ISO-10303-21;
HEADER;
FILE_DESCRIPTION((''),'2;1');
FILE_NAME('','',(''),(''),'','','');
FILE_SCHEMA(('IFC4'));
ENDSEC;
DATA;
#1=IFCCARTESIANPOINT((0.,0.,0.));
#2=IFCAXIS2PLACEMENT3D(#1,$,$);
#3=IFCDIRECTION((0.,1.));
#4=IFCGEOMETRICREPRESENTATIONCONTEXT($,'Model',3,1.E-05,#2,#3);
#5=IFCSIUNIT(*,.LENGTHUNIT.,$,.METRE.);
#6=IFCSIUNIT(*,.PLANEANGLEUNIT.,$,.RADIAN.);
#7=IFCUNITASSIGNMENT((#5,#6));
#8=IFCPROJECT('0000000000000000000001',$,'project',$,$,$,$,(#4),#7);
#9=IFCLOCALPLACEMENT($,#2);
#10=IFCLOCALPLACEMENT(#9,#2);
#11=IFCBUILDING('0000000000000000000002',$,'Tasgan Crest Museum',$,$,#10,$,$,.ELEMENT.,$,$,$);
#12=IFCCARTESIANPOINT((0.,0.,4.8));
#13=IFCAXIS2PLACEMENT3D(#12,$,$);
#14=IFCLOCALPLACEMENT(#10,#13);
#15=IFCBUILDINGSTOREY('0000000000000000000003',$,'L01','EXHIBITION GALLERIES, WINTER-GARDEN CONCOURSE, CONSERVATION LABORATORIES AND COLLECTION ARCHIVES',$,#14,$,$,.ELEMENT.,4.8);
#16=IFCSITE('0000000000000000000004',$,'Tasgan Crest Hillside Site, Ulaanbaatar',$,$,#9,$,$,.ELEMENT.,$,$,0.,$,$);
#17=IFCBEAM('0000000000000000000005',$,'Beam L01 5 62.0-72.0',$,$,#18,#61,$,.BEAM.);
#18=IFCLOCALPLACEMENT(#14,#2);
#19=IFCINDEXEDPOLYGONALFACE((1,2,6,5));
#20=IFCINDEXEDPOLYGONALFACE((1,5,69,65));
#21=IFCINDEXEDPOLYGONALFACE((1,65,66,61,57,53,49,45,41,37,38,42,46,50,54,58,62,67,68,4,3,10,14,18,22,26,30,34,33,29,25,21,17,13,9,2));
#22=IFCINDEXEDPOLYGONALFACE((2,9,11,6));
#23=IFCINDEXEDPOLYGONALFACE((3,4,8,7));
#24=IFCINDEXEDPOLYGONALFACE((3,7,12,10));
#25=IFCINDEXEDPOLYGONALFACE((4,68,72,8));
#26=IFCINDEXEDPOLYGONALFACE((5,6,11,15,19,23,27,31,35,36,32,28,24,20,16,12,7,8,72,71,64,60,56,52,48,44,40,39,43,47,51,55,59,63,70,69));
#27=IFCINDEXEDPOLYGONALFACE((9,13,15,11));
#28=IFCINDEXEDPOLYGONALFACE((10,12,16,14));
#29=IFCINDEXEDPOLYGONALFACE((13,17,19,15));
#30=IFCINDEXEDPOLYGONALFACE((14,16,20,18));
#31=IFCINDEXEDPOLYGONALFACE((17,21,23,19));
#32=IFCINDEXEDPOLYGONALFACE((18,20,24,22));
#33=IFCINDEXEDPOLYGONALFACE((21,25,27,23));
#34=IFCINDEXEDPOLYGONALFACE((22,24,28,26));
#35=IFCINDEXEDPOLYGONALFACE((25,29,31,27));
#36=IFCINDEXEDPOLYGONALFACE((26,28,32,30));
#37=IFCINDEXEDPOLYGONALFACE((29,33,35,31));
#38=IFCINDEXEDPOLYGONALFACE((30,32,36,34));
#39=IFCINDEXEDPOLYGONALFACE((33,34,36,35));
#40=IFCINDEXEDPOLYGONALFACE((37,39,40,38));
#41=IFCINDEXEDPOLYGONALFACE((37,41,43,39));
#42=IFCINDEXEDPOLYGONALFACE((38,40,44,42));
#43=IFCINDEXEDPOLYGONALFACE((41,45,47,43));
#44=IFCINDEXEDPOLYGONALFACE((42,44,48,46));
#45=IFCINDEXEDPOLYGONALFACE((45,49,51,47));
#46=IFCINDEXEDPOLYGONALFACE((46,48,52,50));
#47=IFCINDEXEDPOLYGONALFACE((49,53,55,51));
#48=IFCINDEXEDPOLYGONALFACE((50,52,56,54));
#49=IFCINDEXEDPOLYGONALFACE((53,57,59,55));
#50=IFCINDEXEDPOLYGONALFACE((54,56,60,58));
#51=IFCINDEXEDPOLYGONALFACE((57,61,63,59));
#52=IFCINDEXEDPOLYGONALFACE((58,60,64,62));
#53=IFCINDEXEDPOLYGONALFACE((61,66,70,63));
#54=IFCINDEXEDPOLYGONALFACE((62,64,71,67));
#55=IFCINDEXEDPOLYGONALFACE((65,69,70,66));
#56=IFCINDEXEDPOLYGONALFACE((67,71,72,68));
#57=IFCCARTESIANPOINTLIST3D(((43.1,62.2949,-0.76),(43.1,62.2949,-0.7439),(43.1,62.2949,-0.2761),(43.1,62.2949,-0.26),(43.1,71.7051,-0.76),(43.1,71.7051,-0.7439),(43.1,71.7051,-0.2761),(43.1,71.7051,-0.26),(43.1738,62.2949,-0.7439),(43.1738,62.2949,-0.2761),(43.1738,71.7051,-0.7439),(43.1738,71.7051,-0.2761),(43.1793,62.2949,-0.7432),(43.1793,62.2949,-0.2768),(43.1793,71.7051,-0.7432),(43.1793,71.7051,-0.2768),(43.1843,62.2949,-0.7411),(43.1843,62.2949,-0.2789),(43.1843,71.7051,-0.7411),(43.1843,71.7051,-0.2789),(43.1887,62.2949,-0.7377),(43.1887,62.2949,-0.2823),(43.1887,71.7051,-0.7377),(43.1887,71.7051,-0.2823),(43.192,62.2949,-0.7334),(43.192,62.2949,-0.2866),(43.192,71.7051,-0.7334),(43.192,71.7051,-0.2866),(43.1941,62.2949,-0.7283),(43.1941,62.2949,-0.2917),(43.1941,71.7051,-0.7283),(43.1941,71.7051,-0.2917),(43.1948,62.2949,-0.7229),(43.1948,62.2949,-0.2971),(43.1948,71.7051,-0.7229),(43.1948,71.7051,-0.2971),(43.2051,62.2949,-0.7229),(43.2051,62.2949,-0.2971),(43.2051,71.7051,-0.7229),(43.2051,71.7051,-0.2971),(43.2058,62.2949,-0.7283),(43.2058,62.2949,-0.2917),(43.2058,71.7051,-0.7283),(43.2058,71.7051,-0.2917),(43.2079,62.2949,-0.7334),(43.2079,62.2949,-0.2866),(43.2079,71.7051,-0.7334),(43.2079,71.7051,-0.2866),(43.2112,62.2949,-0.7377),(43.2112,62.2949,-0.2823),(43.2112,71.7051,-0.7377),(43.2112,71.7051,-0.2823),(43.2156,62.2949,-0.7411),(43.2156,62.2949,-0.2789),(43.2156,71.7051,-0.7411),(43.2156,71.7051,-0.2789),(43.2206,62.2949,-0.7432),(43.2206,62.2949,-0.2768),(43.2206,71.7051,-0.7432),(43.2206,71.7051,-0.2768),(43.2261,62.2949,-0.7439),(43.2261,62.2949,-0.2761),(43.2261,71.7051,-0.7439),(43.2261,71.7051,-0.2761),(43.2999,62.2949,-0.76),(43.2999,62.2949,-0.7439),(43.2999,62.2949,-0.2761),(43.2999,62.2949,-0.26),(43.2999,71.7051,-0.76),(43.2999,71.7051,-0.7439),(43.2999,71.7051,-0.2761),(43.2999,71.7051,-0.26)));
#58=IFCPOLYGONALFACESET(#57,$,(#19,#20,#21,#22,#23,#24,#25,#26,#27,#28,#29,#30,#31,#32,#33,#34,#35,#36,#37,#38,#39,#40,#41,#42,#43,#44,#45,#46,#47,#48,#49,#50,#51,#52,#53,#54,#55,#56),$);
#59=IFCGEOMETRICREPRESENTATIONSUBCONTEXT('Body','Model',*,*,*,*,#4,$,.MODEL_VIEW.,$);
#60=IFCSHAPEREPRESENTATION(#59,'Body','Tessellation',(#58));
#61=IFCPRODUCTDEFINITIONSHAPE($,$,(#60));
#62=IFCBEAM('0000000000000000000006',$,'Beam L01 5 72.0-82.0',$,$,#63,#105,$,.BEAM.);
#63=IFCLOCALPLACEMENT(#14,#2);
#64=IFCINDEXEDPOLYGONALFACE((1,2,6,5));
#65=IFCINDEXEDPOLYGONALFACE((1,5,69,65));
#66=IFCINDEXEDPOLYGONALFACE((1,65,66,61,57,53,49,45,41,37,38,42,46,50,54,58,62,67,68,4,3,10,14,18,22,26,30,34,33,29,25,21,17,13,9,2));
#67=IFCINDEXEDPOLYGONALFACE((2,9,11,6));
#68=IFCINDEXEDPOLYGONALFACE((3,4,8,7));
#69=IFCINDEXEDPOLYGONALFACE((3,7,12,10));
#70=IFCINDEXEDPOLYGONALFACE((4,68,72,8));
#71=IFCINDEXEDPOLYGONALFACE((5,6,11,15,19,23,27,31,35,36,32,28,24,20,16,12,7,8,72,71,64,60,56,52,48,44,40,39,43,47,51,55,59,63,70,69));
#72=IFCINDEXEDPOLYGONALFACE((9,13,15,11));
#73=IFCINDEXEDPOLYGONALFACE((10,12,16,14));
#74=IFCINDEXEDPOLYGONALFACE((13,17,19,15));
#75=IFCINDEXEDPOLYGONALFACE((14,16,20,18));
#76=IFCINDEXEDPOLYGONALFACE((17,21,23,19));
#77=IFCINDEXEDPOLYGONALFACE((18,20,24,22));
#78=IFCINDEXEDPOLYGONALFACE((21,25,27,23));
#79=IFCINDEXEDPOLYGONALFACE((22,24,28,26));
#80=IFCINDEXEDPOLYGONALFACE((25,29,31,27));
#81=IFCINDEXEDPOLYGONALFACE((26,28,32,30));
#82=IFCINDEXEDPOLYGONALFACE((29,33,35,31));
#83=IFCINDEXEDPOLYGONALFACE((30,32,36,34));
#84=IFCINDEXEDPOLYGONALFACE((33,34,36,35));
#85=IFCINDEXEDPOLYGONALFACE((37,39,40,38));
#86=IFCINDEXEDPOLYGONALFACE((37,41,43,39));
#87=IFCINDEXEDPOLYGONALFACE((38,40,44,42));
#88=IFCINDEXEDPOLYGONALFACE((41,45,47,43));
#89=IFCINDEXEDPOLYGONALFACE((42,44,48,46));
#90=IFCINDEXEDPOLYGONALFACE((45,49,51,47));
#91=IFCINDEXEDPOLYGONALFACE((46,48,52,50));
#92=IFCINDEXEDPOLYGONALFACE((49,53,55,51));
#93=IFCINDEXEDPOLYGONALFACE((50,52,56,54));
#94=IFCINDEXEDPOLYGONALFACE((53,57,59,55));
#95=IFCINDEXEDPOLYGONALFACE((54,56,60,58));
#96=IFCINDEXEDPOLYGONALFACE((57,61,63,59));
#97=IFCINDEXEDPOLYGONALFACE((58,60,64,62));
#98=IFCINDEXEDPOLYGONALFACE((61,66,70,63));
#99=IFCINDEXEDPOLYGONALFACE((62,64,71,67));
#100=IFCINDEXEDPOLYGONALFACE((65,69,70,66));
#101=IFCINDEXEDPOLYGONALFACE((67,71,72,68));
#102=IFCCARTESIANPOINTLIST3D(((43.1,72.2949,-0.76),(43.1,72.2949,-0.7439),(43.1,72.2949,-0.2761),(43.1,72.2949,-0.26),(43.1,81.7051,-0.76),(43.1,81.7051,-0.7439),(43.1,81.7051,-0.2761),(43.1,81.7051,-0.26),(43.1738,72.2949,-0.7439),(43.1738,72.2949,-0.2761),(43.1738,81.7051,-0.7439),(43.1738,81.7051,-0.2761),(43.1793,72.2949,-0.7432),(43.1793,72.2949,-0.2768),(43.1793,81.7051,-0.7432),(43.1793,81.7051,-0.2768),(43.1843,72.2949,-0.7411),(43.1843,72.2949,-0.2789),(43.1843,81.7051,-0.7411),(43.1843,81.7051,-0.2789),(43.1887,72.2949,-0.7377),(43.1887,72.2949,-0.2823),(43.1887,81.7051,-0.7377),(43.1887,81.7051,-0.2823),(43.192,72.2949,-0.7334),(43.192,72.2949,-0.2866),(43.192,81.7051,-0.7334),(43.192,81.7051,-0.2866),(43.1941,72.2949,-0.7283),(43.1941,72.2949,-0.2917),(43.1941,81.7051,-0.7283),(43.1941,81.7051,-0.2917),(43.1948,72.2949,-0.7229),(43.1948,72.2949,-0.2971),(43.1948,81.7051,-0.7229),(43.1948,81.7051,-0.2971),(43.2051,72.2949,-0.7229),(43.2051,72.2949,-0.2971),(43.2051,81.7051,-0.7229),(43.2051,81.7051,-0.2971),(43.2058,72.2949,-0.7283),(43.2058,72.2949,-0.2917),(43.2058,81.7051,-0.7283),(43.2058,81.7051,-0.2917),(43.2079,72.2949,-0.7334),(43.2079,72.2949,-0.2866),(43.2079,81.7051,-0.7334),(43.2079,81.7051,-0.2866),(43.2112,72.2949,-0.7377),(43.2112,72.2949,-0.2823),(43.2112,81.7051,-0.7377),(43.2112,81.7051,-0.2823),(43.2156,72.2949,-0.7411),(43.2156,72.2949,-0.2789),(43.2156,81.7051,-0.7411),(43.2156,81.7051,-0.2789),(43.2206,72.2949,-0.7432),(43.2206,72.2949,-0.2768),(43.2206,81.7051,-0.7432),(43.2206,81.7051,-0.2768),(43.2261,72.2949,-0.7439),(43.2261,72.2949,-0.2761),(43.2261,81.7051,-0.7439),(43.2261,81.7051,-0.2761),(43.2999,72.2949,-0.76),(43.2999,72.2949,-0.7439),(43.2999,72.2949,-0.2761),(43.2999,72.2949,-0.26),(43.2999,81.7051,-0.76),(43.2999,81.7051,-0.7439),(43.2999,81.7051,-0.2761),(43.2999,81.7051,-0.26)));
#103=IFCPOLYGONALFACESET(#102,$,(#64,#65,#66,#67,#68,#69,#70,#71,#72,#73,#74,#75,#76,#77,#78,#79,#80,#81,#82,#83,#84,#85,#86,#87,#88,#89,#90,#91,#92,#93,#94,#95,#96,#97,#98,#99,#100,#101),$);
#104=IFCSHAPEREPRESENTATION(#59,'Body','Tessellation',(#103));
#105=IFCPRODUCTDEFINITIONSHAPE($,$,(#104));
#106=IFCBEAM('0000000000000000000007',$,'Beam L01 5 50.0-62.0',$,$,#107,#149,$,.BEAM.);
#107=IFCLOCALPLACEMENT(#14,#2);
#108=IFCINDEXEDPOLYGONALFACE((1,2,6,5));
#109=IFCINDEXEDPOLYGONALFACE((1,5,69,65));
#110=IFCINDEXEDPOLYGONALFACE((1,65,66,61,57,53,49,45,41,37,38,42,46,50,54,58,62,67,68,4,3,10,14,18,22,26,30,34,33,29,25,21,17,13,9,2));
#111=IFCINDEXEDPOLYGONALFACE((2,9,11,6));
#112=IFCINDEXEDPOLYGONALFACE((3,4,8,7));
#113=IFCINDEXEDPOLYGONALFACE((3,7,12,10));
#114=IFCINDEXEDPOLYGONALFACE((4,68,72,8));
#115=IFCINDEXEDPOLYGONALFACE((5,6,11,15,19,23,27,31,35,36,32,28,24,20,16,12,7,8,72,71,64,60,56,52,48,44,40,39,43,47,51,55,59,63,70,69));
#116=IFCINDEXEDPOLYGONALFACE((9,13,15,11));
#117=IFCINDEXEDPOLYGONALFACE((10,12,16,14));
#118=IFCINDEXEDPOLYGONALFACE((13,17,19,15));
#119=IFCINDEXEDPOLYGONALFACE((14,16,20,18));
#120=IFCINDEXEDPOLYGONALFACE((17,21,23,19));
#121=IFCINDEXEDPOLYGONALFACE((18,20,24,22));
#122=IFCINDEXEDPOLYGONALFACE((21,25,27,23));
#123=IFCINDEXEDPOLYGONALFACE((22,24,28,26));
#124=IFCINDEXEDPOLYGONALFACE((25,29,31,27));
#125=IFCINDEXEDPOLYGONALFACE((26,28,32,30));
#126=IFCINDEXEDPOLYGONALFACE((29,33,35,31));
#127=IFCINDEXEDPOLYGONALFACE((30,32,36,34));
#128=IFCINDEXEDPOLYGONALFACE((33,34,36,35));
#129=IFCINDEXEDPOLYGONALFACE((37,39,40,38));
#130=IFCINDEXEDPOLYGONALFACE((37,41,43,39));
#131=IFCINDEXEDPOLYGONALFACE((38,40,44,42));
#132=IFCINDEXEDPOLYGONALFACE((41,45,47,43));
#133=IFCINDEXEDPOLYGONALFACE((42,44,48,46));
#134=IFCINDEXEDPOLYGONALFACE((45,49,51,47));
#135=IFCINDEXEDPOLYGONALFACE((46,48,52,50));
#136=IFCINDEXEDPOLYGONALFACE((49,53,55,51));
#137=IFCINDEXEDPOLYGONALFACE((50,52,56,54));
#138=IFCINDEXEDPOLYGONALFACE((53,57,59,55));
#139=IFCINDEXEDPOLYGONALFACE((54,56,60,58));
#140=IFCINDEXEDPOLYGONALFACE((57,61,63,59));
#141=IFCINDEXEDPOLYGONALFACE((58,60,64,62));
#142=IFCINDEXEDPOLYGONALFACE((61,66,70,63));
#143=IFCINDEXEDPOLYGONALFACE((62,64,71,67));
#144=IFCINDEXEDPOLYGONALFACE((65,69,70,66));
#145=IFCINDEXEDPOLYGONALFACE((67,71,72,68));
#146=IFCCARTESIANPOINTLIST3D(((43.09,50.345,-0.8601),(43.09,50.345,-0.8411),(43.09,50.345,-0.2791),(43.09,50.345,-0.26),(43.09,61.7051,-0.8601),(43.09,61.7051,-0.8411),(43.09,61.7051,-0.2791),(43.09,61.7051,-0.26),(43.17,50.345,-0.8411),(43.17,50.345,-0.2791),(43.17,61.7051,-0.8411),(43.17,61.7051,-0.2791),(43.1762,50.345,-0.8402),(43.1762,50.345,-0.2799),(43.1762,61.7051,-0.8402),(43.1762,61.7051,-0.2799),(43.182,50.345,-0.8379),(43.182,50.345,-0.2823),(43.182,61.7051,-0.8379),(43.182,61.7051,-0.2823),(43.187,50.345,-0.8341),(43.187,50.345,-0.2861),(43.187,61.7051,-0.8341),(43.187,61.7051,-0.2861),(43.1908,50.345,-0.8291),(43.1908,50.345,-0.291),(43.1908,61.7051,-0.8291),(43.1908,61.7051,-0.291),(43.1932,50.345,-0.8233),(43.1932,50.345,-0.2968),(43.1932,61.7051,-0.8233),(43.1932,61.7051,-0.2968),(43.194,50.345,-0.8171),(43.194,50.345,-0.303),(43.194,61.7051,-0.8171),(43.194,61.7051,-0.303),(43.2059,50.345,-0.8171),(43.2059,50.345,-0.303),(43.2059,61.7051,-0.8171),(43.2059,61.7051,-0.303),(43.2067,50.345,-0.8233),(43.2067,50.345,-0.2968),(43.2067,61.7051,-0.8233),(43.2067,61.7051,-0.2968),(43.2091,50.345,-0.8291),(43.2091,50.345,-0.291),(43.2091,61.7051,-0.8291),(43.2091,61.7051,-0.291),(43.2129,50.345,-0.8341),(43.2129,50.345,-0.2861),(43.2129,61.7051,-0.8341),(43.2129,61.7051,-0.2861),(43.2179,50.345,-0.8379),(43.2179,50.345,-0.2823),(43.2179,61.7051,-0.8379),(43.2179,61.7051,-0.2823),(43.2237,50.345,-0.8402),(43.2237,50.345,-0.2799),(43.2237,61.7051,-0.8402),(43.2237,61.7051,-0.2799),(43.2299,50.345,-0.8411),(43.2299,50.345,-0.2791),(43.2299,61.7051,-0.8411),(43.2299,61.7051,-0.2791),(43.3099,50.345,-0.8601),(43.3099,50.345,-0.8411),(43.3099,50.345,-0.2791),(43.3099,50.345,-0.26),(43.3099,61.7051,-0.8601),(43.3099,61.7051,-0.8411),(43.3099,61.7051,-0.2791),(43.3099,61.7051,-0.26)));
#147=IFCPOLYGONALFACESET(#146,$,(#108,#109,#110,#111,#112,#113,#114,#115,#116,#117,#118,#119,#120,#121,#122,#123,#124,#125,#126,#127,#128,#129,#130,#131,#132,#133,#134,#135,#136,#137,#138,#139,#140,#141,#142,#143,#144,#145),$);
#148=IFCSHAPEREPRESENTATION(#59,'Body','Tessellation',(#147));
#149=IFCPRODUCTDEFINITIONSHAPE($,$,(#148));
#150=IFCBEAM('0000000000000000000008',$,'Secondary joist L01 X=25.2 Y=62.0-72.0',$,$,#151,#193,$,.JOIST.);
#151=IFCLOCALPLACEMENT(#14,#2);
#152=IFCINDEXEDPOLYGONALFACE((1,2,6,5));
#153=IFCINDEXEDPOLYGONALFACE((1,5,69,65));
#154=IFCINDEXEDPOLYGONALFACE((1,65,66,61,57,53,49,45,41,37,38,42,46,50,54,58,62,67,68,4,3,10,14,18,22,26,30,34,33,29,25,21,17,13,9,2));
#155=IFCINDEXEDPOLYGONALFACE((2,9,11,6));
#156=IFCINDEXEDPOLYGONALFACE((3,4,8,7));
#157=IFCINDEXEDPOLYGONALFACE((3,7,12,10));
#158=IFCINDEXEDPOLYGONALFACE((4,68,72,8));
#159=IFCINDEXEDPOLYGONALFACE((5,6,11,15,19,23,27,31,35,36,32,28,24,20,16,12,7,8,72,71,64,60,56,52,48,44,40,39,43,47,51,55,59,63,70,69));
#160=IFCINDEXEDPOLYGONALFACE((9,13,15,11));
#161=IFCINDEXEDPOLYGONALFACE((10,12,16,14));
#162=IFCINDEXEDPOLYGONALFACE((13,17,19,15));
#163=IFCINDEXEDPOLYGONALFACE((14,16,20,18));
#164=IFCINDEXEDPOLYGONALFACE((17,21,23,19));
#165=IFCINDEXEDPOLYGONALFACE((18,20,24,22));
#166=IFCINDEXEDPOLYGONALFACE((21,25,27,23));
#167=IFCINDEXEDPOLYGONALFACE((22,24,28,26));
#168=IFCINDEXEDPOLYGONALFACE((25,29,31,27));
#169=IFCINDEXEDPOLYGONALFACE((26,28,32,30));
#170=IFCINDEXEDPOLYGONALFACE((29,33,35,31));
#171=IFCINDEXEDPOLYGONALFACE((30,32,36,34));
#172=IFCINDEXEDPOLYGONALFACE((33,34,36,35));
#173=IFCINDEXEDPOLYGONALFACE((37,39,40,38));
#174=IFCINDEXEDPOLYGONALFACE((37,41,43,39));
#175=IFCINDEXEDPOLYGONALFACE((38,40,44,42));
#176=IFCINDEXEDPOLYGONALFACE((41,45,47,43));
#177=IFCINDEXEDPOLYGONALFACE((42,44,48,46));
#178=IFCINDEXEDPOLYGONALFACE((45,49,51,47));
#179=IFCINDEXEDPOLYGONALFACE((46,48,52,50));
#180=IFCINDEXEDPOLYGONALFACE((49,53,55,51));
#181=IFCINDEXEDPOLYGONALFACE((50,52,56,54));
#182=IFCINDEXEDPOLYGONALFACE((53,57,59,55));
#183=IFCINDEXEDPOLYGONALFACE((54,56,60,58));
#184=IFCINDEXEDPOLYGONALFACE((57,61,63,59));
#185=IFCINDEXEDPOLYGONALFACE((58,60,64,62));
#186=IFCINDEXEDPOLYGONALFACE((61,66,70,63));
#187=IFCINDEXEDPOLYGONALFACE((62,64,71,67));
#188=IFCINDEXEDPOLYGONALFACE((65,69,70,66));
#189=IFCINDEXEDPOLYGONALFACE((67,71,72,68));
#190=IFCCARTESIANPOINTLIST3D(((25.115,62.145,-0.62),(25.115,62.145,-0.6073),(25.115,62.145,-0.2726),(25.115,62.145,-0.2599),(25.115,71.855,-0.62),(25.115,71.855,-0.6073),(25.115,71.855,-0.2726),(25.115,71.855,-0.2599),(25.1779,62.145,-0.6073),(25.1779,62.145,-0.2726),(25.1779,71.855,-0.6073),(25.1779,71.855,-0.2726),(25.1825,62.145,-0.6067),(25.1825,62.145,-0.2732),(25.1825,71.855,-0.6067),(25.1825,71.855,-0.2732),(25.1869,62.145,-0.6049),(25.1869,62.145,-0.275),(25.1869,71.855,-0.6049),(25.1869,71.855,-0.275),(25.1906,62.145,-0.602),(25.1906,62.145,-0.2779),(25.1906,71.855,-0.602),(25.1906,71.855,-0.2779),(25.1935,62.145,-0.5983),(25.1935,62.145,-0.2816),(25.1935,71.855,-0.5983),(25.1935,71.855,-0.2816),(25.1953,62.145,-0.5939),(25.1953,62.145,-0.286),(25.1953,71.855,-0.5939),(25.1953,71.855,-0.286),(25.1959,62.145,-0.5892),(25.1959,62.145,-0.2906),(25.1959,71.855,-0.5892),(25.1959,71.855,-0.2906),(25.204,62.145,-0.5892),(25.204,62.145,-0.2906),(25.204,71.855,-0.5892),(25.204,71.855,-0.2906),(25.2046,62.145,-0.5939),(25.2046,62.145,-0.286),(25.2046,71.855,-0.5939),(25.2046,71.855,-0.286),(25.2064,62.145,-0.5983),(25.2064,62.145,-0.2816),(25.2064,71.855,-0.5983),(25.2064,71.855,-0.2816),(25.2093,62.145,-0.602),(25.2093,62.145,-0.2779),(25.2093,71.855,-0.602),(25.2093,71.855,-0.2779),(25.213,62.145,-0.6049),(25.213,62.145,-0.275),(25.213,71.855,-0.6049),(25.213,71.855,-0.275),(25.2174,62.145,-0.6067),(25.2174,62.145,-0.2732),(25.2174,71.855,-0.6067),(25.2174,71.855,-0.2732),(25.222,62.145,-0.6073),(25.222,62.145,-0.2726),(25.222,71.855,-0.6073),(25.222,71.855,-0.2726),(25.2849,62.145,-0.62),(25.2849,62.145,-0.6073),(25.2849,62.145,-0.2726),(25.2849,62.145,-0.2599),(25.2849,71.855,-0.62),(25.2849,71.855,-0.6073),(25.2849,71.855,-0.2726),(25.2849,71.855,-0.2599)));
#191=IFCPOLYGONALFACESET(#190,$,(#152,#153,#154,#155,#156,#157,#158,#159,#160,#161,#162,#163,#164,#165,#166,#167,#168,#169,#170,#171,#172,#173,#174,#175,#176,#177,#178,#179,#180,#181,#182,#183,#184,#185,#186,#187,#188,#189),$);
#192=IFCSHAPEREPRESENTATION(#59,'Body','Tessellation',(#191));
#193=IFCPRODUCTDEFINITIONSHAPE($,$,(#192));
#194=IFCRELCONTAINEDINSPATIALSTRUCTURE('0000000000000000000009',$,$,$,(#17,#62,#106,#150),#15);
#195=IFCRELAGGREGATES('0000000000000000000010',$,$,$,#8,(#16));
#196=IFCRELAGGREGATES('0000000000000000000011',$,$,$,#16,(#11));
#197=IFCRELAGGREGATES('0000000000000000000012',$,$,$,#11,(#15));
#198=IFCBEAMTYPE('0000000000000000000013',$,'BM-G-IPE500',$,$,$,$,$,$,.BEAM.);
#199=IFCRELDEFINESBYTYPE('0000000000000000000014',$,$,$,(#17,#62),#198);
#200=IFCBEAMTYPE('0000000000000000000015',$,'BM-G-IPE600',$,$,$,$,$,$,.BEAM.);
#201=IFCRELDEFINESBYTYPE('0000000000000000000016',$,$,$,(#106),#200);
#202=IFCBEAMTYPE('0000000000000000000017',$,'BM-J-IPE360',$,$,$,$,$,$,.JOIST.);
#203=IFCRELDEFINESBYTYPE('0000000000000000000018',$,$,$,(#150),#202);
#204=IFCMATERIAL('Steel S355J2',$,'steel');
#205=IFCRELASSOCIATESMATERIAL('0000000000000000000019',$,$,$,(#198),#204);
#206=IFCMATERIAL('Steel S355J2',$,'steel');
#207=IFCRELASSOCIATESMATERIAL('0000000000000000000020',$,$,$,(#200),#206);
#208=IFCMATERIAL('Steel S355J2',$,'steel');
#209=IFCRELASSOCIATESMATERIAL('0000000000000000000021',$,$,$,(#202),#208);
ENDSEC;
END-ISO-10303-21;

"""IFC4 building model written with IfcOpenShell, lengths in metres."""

from ifc_helpers import new_model, si_unit, direction, frame, origin, origin_2d, place, context, subcontext, project, spatial, i_section, extrude, material, material_profile, profile_set, type_object, element, save


model = new_model("IFC4")

# Units and contexts
model_context = context("Model", 3, precision=1e-05, world=origin(), true_north=direction((0.0, 1.0)))
body_context = subcontext(model_context, "Body", "Model", "MODEL_VIEW")
ifc_project = project(units=[si_unit("LENGTHUNIT", "METRE"), si_unit("PLANEANGLEUNIT", "RADIAN")], contexts=[model_context])

# Site, building, storey
site_placement = place(None, origin())
site = spatial("IfcSite", under=ifc_project, at=site_placement, Name="Tasgan Crest Hillside Site, Ulaanbaatar", CompositionType="ELEMENT", RefElevation=0.0)
building_placement = place(site_placement, origin())
building = spatial("IfcBuilding", under=site, at=building_placement, Name="Tasgan Crest Museum", CompositionType="ELEMENT")
storey_placement = place(building_placement, frame((0.0, 0.0, 4.8)))
storey = spatial("IfcBuildingStorey", under=building, at=storey_placement, Name="L01", Description="EXHIBITION GALLERIES, WINTER-GARDEN CONCOURSE, CONSERVATION LABORATORIES AND COLLECTION ARCHIVES", CompositionType="ELEMENT", Elevation=4.8)

# Beams
ifc_material_1 = material(Name="Steel S355J2", Category="steel")
ifc_material_profile_1 = material_profile(ifc_material_1, i_section(OverallWidth=0.2, OverallDepth=0.5, WebThickness=0.0103, FlangeThickness=0.0161, FilletRadius=0.021, at=origin_2d()), Name="IPE 500")
ifc_profile_set_1 = profile_set([ifc_material_profile_1], Name="Steel S355J2")
beam_type_1 = type_object("IfcBeamType", Name="BM-G-IPE500", PredefinedType="BEAM", material=ifc_profile_set_1)
for number, where, z_axis, x_axis, name in (
    (1, (43.2, 62.2949, -0.51), (0.0, 1.0, 0.0), (-1.0, 0.0, 0.0), "Beam L01 5 62.0-72.0"),
    (2, (43.2, 72.2949, -0.51), (0.0, 1.0, 0.0), (-1.0, 0.0, 0.0), "Beam L01 5 72.0-82.0"),
):
    element("IfcBeam", number, at=place(storey_placement, frame(where, z_axis=z_axis, x_axis=x_axis)), inside=storey, type_object=beam_type_1, Name=name, PredefinedType="BEAM", context=body_context, shape_type="SweptSolid", body=[
        extrude(i_section(OverallWidth=0.2, OverallDepth=0.5, WebThickness=0.0103, FlangeThickness=0.0161, FilletRadius=0.021, at=origin_2d()), origin(), (0.0, 0.0, 1.0), 9.4102),
    ])
ifc_material_2 = material(Name="Steel S355J2", Category="steel")
ifc_material_profile_2 = material_profile(ifc_material_2, i_section(OverallWidth=0.22, OverallDepth=0.6001, WebThickness=0.012, FlangeThickness=0.019, FilletRadius=0.0239, at=origin_2d()), Name="IPE 600")
ifc_profile_set_2 = profile_set([ifc_material_profile_2], Name="Steel S355J2")
beam_type_2 = type_object("IfcBeamType", Name="BM-G-IPE600", PredefinedType="BEAM", material=ifc_profile_set_2)
beam_1_placement = place(storey_placement, frame((43.2, 50.345, -0.5601), z_axis=(0.0, 1.0, 0.0), x_axis=(-1.0, 0.0, 0.0)))
element("IfcBeam", 3, at=beam_1_placement, inside=storey, type_object=beam_type_2, Name="Beam L01 5 50.0-62.0", PredefinedType="BEAM", context=body_context, shape_type="SweptSolid", body=[
    extrude(i_section(OverallWidth=0.22, OverallDepth=0.6001, WebThickness=0.012, FlangeThickness=0.019, FilletRadius=0.0239, at=origin_2d()), origin(), (0.0, 0.0, 1.0), 11.3601),
])
ifc_material_3 = material(Name="Steel S355J2", Category="steel")
ifc_material_profile_3 = material_profile(ifc_material_3, i_section(OverallWidth=0.1699, OverallDepth=0.3601, WebThickness=0.0081, FlangeThickness=0.0127, FilletRadius=0.0181, at=origin_2d()), Name="IPE 360")
ifc_profile_set_3 = profile_set([ifc_material_profile_3], Name="Steel S355J2")
beam_type_3 = type_object("IfcBeamType", Name="BM-J-IPE360", PredefinedType="JOIST", material=ifc_profile_set_3)
for number, where, z_axis, x_axis, name in (
    (4, (25.2, 62.145, -0.4399), (0.0, 1.0, 0.0), (-1.0, 0.0, 0.0), "Secondary joist L01 X=25.2 Y=62.0-72.0"),
):
    element("IfcBeam", number, at=place(storey_placement, frame(where, z_axis=z_axis, x_axis=x_axis)), inside=storey, type_object=beam_type_3, Name=name, PredefinedType="JOIST", context=body_context, shape_type="SweptSolid", body=[
        extrude(i_section(OverallWidth=0.1699, OverallDepth=0.3601, WebThickness=0.0081, FlangeThickness=0.0127, FilletRadius=0.0181, at=origin_2d()), origin(), (0.0, 0.0, 1.0), 9.71),
    ])

save(model, "model.ifc")
